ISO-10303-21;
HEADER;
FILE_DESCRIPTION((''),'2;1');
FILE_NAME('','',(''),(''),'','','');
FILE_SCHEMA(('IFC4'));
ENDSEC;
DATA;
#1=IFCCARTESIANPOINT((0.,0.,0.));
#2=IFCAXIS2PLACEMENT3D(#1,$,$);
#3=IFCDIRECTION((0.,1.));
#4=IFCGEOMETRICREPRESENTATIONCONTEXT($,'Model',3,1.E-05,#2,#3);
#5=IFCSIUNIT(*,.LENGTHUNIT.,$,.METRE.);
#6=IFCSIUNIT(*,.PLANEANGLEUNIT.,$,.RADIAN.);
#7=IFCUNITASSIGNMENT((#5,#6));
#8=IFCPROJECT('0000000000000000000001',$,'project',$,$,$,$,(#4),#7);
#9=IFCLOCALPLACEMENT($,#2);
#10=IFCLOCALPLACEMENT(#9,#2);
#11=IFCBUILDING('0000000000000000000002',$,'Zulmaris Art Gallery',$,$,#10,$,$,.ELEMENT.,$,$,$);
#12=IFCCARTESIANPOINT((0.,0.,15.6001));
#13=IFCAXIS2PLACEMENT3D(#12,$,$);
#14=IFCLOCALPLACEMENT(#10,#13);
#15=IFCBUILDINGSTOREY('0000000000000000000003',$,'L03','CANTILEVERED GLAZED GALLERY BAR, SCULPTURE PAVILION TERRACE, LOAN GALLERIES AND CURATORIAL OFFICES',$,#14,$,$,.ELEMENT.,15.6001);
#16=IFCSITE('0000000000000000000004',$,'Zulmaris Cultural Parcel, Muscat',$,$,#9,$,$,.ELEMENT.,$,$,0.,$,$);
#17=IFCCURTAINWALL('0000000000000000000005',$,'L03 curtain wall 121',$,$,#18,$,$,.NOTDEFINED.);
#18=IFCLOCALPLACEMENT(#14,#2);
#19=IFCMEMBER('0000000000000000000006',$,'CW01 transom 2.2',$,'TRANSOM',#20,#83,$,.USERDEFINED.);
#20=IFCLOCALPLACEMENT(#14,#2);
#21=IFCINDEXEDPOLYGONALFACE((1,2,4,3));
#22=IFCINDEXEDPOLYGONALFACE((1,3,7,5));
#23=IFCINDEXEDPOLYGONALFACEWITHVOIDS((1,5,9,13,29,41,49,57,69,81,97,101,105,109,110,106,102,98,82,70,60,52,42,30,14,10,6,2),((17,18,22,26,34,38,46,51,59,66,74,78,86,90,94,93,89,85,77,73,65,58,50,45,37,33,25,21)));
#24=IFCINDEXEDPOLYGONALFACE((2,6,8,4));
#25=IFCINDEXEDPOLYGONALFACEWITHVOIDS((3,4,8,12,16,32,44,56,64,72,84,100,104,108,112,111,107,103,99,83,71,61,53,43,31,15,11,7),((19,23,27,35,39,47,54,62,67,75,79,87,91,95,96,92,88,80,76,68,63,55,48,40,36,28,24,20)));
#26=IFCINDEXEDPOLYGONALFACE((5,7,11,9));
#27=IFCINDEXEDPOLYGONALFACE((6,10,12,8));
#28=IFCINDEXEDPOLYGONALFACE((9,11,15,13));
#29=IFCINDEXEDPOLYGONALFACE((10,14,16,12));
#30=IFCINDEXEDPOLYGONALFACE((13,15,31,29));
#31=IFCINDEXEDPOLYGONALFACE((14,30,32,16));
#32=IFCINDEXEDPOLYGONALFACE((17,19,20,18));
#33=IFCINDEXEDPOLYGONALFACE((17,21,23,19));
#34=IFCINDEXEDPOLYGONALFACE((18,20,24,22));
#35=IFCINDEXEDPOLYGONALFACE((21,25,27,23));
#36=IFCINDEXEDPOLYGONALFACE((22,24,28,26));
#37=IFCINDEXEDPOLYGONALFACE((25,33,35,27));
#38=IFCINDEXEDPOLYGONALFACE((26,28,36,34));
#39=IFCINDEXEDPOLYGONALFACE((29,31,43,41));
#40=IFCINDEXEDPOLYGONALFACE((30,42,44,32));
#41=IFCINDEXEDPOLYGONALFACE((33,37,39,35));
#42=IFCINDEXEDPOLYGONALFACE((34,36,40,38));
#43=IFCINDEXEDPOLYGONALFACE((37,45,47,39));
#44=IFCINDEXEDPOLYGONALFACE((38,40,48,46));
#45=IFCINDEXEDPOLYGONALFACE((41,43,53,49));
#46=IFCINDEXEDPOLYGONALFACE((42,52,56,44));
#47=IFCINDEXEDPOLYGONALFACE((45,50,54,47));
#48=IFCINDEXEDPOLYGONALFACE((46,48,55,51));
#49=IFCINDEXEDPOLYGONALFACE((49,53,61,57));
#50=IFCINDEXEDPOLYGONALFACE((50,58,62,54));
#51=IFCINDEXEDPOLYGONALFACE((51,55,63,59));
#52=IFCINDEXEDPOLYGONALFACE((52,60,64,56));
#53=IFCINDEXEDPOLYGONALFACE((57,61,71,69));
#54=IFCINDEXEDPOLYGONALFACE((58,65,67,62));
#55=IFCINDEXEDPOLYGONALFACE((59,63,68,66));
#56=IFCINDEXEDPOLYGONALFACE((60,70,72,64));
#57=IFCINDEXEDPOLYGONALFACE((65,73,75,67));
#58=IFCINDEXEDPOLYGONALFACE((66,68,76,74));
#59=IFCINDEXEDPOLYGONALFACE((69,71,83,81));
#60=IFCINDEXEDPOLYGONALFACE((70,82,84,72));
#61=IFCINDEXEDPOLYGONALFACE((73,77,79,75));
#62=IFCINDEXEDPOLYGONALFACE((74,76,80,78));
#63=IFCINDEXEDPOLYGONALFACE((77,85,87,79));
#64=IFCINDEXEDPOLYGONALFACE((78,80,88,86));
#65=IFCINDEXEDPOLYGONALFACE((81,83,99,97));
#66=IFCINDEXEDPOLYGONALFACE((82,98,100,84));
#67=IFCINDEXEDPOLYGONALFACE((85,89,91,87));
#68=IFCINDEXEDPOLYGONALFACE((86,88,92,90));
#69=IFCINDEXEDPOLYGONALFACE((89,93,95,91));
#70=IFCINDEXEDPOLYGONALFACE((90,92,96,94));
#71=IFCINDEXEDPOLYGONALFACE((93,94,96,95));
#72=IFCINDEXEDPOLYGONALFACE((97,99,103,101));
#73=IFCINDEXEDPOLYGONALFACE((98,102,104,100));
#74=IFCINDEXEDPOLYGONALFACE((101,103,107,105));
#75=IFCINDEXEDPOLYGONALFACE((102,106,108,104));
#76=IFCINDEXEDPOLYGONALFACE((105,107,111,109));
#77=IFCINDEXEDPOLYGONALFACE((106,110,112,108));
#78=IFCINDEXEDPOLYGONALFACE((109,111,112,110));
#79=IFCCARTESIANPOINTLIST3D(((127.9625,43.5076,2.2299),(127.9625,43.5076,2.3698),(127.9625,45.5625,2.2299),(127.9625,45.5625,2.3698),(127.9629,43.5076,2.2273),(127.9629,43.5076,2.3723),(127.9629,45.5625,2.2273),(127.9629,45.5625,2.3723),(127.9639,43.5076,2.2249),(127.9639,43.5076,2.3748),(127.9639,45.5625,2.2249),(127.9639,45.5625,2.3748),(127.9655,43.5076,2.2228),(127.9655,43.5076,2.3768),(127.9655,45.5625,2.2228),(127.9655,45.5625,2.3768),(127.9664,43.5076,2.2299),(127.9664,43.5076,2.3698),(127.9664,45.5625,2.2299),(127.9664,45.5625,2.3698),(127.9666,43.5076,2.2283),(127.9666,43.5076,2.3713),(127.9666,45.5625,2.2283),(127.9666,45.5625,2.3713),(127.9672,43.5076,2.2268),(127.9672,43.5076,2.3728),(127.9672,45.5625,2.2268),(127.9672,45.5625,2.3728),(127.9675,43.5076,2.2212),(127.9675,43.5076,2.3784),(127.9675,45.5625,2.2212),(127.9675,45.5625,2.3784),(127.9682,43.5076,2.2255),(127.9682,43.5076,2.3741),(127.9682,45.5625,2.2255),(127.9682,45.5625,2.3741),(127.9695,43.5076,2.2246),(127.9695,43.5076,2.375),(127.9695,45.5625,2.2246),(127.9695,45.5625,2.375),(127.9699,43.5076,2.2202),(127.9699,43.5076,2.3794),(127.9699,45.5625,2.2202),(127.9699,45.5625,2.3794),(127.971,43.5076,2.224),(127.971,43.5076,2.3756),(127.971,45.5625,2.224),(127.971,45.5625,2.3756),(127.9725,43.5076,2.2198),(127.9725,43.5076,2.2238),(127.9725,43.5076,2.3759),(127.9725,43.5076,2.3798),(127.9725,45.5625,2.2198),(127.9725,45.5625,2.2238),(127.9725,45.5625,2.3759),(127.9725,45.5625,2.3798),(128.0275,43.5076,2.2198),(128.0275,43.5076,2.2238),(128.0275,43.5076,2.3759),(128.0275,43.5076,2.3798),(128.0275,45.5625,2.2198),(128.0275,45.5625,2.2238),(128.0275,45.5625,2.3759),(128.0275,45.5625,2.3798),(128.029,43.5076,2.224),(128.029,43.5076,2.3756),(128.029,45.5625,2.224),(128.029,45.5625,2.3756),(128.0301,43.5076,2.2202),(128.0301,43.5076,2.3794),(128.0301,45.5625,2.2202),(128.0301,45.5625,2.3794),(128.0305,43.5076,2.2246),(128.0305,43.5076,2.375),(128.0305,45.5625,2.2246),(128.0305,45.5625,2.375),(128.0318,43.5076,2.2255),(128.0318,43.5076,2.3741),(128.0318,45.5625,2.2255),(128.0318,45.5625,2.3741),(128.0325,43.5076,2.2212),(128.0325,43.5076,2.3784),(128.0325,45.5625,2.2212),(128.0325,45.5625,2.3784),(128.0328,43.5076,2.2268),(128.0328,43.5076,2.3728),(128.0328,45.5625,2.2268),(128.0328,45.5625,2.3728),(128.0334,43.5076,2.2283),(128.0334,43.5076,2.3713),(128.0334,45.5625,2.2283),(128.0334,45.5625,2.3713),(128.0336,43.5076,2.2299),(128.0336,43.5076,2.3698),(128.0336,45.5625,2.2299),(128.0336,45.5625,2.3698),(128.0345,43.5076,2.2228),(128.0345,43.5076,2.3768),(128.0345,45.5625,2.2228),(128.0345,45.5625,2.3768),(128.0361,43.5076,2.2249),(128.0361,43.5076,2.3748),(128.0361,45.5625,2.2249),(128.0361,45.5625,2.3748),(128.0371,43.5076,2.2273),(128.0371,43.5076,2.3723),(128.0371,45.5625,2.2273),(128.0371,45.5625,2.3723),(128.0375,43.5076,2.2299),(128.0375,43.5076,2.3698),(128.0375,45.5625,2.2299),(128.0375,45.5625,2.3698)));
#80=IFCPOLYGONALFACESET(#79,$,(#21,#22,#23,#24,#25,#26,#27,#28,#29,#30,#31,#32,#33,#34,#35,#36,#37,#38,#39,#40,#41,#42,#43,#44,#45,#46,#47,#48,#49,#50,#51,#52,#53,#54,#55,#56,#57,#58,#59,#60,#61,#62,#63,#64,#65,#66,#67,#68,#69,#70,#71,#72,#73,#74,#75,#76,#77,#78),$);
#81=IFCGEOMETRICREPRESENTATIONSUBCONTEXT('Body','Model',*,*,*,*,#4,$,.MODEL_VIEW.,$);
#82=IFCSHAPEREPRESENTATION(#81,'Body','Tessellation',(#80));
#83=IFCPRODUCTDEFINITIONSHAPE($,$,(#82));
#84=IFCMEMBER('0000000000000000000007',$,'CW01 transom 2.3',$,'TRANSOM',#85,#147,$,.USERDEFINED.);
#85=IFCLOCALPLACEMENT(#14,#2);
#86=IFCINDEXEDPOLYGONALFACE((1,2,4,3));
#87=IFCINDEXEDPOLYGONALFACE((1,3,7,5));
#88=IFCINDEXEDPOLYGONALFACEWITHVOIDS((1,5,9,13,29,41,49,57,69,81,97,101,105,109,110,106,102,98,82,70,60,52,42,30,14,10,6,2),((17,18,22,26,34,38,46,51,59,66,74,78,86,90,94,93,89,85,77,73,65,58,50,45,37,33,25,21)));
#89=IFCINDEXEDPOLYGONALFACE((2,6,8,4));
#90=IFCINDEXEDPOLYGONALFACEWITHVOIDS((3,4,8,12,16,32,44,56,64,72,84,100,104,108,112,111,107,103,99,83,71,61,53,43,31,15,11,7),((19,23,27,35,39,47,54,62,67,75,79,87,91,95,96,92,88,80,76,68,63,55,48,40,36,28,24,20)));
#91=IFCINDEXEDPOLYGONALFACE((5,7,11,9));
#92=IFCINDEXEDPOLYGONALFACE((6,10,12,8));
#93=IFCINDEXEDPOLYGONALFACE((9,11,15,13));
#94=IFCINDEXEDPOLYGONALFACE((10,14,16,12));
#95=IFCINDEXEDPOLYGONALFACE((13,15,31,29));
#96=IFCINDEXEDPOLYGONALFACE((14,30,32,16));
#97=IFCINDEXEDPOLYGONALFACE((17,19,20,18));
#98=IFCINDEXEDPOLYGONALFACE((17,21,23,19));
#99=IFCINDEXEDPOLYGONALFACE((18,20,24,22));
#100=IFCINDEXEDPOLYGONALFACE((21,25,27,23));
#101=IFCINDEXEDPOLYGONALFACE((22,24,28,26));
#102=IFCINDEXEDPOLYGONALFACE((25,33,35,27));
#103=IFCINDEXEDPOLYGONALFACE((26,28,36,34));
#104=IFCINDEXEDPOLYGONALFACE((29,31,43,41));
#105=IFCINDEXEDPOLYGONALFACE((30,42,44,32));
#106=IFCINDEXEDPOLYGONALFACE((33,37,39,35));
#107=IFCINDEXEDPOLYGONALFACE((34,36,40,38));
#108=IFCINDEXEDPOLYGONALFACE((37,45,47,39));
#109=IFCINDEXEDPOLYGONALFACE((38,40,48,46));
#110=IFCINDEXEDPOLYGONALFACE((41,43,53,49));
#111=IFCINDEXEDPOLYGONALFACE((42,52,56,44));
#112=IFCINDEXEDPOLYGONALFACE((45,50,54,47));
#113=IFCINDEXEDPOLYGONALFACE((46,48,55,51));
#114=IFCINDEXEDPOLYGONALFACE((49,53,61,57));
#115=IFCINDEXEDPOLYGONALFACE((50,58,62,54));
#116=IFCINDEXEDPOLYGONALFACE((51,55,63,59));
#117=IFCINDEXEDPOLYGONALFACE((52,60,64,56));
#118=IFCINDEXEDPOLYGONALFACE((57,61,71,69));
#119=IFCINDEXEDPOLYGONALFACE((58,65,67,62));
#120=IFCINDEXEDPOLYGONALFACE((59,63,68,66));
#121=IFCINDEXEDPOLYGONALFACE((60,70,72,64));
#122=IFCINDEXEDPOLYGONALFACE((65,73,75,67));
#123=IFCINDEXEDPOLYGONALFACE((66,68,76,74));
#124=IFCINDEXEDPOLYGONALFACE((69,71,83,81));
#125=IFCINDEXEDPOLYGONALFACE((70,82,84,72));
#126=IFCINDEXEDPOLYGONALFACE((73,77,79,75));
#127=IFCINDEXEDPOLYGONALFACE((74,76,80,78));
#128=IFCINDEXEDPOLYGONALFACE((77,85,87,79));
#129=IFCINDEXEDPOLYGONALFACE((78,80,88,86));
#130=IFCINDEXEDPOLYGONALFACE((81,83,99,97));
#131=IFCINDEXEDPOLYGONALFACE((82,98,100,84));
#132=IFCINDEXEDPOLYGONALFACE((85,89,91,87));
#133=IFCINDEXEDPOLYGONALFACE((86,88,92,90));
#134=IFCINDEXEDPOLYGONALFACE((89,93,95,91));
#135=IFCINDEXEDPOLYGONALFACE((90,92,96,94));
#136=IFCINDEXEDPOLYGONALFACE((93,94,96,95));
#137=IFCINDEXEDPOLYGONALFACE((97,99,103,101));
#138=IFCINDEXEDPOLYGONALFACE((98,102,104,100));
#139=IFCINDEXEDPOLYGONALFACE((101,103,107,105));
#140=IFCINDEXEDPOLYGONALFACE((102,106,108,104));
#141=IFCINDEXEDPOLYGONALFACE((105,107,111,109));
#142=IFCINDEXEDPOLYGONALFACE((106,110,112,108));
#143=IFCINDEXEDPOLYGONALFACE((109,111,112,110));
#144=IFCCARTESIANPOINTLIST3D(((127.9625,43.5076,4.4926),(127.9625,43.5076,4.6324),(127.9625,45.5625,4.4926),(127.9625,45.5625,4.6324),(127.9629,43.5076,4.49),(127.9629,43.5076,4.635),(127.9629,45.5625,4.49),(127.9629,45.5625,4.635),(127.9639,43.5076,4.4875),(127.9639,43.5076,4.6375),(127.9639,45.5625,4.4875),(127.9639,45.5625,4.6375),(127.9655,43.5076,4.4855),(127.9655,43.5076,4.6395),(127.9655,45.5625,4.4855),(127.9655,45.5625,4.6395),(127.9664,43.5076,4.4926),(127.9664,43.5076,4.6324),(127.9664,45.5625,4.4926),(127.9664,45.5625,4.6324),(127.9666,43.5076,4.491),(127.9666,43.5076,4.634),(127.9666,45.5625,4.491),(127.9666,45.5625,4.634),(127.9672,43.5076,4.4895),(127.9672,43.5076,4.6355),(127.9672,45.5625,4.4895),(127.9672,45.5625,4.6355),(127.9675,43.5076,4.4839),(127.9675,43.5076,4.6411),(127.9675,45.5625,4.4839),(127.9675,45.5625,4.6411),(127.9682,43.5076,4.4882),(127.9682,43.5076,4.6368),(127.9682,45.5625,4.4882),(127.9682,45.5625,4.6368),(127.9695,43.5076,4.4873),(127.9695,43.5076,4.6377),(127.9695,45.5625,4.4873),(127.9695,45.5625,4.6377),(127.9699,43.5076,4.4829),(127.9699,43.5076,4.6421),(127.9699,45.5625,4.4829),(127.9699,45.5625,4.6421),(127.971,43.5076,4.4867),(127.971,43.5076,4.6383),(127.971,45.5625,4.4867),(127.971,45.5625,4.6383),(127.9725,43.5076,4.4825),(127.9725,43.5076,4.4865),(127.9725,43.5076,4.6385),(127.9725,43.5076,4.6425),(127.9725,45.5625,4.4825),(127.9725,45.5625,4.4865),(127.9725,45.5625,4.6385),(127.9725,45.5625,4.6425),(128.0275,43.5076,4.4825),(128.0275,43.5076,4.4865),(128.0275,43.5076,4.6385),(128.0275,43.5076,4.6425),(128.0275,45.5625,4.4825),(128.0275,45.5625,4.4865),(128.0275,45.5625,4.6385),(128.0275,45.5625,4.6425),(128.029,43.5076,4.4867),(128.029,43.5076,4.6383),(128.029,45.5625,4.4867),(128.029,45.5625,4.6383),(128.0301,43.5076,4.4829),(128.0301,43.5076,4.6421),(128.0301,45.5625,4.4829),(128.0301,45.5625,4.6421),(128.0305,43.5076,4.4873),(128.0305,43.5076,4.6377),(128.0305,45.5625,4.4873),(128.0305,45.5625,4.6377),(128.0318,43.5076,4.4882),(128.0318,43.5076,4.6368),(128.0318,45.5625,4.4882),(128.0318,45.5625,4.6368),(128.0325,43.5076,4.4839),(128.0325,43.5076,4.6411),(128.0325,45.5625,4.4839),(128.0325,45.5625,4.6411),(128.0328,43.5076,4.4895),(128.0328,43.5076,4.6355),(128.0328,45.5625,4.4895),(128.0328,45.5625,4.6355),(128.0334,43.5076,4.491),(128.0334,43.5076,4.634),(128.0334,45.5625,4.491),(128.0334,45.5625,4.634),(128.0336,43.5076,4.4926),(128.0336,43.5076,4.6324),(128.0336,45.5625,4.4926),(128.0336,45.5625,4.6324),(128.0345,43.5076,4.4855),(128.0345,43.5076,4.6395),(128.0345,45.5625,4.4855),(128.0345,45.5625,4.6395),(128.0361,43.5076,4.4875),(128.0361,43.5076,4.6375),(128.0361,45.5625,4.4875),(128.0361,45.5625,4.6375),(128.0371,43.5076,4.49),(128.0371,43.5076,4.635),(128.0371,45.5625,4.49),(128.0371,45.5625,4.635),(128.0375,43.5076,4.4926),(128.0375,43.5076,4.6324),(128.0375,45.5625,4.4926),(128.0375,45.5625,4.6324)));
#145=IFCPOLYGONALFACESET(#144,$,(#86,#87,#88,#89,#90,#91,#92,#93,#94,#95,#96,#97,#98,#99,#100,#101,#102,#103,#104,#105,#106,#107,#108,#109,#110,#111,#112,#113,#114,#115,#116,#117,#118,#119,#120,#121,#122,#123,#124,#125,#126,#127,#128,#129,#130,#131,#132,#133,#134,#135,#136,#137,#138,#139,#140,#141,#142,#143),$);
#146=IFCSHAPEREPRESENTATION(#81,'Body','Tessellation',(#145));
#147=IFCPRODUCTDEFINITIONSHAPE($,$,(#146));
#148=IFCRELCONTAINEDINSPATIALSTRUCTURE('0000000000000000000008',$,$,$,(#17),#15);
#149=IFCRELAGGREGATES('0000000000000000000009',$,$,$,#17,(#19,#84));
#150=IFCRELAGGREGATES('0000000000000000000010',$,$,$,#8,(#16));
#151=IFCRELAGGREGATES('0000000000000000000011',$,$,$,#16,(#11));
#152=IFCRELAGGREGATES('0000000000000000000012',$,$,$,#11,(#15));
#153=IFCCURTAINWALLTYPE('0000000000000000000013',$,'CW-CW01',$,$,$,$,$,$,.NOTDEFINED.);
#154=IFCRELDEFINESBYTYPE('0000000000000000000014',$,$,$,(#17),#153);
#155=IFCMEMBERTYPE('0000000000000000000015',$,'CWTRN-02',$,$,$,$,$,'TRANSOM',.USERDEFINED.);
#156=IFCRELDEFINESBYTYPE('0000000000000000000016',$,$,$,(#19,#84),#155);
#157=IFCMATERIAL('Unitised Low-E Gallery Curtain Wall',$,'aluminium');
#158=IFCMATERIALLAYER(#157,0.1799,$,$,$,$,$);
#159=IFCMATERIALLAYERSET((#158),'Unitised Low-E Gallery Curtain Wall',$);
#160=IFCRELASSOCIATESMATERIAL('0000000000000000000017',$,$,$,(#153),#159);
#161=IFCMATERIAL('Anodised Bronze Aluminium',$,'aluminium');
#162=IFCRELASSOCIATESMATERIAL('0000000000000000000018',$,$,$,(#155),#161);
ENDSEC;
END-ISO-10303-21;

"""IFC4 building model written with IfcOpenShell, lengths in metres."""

from ifc_helpers import new_model, si_unit, direction, frame, origin, origin_2d, place, context, subcontext, project, spatial, hollow_rectangle, extrude, material, layer, layer_set, material_profile, profile_set, type_object, element, aggregate, save


model = new_model("IFC4")

# Units and contexts
model_context = context("Model", 3, precision=1e-05, world=origin(), true_north=direction((0.0, 1.0)))
body_context = subcontext(model_context, "Body", "Model", "MODEL_VIEW")
ifc_project = project(units=[si_unit("LENGTHUNIT", "METRE"), si_unit("PLANEANGLEUNIT", "RADIAN")], contexts=[model_context])

# Site, building, storey
site_placement = place(None, origin())
site = spatial("IfcSite", under=ifc_project, at=site_placement, Name="Zulmaris Cultural Parcel, Muscat", CompositionType="ELEMENT", RefElevation=0.0)
building_placement = place(site_placement, origin())
building = spatial("IfcBuilding", under=site, at=building_placement, Name="Zulmaris Art Gallery", CompositionType="ELEMENT")
storey_placement = place(building_placement, frame((0.0, 0.0, 15.6001)))
storey = spatial("IfcBuildingStorey", under=building, at=storey_placement, Name="L03", Description="CANTILEVERED GLAZED GALLERY BAR, SCULPTURE PAVILION TERRACE, LOAN GALLERIES AND CURATORIAL OFFICES", CompositionType="ELEMENT", Elevation=15.6001)

# Curtain wall
ifc_material_1 = material(Name="Unitised Low-E Gallery Curtain Wall", Category="aluminium")
ifc_layer_1 = layer(ifc_material_1, 0.1799)
ifc_layer_set_1 = layer_set([ifc_layer_1], Name="Unitised Low-E Gallery Curtain Wall")
curtain_wall_type = type_object("IfcCurtainWallType", Name="CW-CW01", PredefinedType="NOTDEFINED", material=ifc_layer_set_1)
curtain_wall_1_placement = place(storey_placement, origin())
curtain_wall_1 = element("IfcCurtainWall", 1, at=curtain_wall_1_placement, inside=storey, type_object=curtain_wall_type, Name="L03 curtain wall 121", PredefinedType="NOTDEFINED")
ifc_material_2 = material(Name="Anodised Bronze Aluminium", Category="aluminium")
ifc_material_profile_1 = material_profile(ifc_material_2, hollow_rectangle(XDim=0.075, YDim=0.1599, WallThickness=0.0039, InnerFilletRadius=0.0061, OuterFilletRadius=0.01, at=origin_2d()), Name="ALU 75x160x4")
ifc_profile_set_1 = profile_set([ifc_material_profile_1], Name="Anodised Bronze Aluminium")
member_type_1 = type_object("IfcMemberType", Name="CWTRN-02", ElementType="TRANSOM", PredefinedType="USERDEFINED", material=ifc_profile_set_1)

# Members
member_1_placement = place(storey_placement, frame((128.0, 43.5076, 2.2998), z_axis=(0.0, 1.0, 0.0), x_axis=(-1.0, 0.0, 0.0)))
member_1 = element("IfcMember", 2, at=member_1_placement, type_object=member_type_1, Name="CW01 transom 2.2", ObjectType="TRANSOM", PredefinedType="USERDEFINED", context=body_context, shape_type="SweptSolid", body=[
    extrude(hollow_rectangle(XDim=0.075, YDim=0.1599, WallThickness=0.0039, InnerFilletRadius=0.0061, OuterFilletRadius=0.01, at=origin_2d()), origin(), (0.0, 0.0, 1.0), 2.0549),
])
member_2_placement = place(storey_placement, frame((128.0, 43.5076, 4.5625), z_axis=(0.0, 1.0, 0.0), x_axis=(-1.0, 0.0, 0.0)))
member_2 = element("IfcMember", 3, at=member_2_placement, type_object=member_type_1, Name="CW01 transom 2.3", ObjectType="TRANSOM", PredefinedType="USERDEFINED", context=body_context, shape_type="SweptSolid", body=[
    extrude(hollow_rectangle(XDim=0.075, YDim=0.1599, WallThickness=0.0039, InnerFilletRadius=0.0061, OuterFilletRadius=0.01, at=origin_2d()), origin(), (0.0, 0.0, 1.0), 2.0549),
])

aggregate(curtain_wall_1, [member_1, member_2])

save(model, "model.ifc")
